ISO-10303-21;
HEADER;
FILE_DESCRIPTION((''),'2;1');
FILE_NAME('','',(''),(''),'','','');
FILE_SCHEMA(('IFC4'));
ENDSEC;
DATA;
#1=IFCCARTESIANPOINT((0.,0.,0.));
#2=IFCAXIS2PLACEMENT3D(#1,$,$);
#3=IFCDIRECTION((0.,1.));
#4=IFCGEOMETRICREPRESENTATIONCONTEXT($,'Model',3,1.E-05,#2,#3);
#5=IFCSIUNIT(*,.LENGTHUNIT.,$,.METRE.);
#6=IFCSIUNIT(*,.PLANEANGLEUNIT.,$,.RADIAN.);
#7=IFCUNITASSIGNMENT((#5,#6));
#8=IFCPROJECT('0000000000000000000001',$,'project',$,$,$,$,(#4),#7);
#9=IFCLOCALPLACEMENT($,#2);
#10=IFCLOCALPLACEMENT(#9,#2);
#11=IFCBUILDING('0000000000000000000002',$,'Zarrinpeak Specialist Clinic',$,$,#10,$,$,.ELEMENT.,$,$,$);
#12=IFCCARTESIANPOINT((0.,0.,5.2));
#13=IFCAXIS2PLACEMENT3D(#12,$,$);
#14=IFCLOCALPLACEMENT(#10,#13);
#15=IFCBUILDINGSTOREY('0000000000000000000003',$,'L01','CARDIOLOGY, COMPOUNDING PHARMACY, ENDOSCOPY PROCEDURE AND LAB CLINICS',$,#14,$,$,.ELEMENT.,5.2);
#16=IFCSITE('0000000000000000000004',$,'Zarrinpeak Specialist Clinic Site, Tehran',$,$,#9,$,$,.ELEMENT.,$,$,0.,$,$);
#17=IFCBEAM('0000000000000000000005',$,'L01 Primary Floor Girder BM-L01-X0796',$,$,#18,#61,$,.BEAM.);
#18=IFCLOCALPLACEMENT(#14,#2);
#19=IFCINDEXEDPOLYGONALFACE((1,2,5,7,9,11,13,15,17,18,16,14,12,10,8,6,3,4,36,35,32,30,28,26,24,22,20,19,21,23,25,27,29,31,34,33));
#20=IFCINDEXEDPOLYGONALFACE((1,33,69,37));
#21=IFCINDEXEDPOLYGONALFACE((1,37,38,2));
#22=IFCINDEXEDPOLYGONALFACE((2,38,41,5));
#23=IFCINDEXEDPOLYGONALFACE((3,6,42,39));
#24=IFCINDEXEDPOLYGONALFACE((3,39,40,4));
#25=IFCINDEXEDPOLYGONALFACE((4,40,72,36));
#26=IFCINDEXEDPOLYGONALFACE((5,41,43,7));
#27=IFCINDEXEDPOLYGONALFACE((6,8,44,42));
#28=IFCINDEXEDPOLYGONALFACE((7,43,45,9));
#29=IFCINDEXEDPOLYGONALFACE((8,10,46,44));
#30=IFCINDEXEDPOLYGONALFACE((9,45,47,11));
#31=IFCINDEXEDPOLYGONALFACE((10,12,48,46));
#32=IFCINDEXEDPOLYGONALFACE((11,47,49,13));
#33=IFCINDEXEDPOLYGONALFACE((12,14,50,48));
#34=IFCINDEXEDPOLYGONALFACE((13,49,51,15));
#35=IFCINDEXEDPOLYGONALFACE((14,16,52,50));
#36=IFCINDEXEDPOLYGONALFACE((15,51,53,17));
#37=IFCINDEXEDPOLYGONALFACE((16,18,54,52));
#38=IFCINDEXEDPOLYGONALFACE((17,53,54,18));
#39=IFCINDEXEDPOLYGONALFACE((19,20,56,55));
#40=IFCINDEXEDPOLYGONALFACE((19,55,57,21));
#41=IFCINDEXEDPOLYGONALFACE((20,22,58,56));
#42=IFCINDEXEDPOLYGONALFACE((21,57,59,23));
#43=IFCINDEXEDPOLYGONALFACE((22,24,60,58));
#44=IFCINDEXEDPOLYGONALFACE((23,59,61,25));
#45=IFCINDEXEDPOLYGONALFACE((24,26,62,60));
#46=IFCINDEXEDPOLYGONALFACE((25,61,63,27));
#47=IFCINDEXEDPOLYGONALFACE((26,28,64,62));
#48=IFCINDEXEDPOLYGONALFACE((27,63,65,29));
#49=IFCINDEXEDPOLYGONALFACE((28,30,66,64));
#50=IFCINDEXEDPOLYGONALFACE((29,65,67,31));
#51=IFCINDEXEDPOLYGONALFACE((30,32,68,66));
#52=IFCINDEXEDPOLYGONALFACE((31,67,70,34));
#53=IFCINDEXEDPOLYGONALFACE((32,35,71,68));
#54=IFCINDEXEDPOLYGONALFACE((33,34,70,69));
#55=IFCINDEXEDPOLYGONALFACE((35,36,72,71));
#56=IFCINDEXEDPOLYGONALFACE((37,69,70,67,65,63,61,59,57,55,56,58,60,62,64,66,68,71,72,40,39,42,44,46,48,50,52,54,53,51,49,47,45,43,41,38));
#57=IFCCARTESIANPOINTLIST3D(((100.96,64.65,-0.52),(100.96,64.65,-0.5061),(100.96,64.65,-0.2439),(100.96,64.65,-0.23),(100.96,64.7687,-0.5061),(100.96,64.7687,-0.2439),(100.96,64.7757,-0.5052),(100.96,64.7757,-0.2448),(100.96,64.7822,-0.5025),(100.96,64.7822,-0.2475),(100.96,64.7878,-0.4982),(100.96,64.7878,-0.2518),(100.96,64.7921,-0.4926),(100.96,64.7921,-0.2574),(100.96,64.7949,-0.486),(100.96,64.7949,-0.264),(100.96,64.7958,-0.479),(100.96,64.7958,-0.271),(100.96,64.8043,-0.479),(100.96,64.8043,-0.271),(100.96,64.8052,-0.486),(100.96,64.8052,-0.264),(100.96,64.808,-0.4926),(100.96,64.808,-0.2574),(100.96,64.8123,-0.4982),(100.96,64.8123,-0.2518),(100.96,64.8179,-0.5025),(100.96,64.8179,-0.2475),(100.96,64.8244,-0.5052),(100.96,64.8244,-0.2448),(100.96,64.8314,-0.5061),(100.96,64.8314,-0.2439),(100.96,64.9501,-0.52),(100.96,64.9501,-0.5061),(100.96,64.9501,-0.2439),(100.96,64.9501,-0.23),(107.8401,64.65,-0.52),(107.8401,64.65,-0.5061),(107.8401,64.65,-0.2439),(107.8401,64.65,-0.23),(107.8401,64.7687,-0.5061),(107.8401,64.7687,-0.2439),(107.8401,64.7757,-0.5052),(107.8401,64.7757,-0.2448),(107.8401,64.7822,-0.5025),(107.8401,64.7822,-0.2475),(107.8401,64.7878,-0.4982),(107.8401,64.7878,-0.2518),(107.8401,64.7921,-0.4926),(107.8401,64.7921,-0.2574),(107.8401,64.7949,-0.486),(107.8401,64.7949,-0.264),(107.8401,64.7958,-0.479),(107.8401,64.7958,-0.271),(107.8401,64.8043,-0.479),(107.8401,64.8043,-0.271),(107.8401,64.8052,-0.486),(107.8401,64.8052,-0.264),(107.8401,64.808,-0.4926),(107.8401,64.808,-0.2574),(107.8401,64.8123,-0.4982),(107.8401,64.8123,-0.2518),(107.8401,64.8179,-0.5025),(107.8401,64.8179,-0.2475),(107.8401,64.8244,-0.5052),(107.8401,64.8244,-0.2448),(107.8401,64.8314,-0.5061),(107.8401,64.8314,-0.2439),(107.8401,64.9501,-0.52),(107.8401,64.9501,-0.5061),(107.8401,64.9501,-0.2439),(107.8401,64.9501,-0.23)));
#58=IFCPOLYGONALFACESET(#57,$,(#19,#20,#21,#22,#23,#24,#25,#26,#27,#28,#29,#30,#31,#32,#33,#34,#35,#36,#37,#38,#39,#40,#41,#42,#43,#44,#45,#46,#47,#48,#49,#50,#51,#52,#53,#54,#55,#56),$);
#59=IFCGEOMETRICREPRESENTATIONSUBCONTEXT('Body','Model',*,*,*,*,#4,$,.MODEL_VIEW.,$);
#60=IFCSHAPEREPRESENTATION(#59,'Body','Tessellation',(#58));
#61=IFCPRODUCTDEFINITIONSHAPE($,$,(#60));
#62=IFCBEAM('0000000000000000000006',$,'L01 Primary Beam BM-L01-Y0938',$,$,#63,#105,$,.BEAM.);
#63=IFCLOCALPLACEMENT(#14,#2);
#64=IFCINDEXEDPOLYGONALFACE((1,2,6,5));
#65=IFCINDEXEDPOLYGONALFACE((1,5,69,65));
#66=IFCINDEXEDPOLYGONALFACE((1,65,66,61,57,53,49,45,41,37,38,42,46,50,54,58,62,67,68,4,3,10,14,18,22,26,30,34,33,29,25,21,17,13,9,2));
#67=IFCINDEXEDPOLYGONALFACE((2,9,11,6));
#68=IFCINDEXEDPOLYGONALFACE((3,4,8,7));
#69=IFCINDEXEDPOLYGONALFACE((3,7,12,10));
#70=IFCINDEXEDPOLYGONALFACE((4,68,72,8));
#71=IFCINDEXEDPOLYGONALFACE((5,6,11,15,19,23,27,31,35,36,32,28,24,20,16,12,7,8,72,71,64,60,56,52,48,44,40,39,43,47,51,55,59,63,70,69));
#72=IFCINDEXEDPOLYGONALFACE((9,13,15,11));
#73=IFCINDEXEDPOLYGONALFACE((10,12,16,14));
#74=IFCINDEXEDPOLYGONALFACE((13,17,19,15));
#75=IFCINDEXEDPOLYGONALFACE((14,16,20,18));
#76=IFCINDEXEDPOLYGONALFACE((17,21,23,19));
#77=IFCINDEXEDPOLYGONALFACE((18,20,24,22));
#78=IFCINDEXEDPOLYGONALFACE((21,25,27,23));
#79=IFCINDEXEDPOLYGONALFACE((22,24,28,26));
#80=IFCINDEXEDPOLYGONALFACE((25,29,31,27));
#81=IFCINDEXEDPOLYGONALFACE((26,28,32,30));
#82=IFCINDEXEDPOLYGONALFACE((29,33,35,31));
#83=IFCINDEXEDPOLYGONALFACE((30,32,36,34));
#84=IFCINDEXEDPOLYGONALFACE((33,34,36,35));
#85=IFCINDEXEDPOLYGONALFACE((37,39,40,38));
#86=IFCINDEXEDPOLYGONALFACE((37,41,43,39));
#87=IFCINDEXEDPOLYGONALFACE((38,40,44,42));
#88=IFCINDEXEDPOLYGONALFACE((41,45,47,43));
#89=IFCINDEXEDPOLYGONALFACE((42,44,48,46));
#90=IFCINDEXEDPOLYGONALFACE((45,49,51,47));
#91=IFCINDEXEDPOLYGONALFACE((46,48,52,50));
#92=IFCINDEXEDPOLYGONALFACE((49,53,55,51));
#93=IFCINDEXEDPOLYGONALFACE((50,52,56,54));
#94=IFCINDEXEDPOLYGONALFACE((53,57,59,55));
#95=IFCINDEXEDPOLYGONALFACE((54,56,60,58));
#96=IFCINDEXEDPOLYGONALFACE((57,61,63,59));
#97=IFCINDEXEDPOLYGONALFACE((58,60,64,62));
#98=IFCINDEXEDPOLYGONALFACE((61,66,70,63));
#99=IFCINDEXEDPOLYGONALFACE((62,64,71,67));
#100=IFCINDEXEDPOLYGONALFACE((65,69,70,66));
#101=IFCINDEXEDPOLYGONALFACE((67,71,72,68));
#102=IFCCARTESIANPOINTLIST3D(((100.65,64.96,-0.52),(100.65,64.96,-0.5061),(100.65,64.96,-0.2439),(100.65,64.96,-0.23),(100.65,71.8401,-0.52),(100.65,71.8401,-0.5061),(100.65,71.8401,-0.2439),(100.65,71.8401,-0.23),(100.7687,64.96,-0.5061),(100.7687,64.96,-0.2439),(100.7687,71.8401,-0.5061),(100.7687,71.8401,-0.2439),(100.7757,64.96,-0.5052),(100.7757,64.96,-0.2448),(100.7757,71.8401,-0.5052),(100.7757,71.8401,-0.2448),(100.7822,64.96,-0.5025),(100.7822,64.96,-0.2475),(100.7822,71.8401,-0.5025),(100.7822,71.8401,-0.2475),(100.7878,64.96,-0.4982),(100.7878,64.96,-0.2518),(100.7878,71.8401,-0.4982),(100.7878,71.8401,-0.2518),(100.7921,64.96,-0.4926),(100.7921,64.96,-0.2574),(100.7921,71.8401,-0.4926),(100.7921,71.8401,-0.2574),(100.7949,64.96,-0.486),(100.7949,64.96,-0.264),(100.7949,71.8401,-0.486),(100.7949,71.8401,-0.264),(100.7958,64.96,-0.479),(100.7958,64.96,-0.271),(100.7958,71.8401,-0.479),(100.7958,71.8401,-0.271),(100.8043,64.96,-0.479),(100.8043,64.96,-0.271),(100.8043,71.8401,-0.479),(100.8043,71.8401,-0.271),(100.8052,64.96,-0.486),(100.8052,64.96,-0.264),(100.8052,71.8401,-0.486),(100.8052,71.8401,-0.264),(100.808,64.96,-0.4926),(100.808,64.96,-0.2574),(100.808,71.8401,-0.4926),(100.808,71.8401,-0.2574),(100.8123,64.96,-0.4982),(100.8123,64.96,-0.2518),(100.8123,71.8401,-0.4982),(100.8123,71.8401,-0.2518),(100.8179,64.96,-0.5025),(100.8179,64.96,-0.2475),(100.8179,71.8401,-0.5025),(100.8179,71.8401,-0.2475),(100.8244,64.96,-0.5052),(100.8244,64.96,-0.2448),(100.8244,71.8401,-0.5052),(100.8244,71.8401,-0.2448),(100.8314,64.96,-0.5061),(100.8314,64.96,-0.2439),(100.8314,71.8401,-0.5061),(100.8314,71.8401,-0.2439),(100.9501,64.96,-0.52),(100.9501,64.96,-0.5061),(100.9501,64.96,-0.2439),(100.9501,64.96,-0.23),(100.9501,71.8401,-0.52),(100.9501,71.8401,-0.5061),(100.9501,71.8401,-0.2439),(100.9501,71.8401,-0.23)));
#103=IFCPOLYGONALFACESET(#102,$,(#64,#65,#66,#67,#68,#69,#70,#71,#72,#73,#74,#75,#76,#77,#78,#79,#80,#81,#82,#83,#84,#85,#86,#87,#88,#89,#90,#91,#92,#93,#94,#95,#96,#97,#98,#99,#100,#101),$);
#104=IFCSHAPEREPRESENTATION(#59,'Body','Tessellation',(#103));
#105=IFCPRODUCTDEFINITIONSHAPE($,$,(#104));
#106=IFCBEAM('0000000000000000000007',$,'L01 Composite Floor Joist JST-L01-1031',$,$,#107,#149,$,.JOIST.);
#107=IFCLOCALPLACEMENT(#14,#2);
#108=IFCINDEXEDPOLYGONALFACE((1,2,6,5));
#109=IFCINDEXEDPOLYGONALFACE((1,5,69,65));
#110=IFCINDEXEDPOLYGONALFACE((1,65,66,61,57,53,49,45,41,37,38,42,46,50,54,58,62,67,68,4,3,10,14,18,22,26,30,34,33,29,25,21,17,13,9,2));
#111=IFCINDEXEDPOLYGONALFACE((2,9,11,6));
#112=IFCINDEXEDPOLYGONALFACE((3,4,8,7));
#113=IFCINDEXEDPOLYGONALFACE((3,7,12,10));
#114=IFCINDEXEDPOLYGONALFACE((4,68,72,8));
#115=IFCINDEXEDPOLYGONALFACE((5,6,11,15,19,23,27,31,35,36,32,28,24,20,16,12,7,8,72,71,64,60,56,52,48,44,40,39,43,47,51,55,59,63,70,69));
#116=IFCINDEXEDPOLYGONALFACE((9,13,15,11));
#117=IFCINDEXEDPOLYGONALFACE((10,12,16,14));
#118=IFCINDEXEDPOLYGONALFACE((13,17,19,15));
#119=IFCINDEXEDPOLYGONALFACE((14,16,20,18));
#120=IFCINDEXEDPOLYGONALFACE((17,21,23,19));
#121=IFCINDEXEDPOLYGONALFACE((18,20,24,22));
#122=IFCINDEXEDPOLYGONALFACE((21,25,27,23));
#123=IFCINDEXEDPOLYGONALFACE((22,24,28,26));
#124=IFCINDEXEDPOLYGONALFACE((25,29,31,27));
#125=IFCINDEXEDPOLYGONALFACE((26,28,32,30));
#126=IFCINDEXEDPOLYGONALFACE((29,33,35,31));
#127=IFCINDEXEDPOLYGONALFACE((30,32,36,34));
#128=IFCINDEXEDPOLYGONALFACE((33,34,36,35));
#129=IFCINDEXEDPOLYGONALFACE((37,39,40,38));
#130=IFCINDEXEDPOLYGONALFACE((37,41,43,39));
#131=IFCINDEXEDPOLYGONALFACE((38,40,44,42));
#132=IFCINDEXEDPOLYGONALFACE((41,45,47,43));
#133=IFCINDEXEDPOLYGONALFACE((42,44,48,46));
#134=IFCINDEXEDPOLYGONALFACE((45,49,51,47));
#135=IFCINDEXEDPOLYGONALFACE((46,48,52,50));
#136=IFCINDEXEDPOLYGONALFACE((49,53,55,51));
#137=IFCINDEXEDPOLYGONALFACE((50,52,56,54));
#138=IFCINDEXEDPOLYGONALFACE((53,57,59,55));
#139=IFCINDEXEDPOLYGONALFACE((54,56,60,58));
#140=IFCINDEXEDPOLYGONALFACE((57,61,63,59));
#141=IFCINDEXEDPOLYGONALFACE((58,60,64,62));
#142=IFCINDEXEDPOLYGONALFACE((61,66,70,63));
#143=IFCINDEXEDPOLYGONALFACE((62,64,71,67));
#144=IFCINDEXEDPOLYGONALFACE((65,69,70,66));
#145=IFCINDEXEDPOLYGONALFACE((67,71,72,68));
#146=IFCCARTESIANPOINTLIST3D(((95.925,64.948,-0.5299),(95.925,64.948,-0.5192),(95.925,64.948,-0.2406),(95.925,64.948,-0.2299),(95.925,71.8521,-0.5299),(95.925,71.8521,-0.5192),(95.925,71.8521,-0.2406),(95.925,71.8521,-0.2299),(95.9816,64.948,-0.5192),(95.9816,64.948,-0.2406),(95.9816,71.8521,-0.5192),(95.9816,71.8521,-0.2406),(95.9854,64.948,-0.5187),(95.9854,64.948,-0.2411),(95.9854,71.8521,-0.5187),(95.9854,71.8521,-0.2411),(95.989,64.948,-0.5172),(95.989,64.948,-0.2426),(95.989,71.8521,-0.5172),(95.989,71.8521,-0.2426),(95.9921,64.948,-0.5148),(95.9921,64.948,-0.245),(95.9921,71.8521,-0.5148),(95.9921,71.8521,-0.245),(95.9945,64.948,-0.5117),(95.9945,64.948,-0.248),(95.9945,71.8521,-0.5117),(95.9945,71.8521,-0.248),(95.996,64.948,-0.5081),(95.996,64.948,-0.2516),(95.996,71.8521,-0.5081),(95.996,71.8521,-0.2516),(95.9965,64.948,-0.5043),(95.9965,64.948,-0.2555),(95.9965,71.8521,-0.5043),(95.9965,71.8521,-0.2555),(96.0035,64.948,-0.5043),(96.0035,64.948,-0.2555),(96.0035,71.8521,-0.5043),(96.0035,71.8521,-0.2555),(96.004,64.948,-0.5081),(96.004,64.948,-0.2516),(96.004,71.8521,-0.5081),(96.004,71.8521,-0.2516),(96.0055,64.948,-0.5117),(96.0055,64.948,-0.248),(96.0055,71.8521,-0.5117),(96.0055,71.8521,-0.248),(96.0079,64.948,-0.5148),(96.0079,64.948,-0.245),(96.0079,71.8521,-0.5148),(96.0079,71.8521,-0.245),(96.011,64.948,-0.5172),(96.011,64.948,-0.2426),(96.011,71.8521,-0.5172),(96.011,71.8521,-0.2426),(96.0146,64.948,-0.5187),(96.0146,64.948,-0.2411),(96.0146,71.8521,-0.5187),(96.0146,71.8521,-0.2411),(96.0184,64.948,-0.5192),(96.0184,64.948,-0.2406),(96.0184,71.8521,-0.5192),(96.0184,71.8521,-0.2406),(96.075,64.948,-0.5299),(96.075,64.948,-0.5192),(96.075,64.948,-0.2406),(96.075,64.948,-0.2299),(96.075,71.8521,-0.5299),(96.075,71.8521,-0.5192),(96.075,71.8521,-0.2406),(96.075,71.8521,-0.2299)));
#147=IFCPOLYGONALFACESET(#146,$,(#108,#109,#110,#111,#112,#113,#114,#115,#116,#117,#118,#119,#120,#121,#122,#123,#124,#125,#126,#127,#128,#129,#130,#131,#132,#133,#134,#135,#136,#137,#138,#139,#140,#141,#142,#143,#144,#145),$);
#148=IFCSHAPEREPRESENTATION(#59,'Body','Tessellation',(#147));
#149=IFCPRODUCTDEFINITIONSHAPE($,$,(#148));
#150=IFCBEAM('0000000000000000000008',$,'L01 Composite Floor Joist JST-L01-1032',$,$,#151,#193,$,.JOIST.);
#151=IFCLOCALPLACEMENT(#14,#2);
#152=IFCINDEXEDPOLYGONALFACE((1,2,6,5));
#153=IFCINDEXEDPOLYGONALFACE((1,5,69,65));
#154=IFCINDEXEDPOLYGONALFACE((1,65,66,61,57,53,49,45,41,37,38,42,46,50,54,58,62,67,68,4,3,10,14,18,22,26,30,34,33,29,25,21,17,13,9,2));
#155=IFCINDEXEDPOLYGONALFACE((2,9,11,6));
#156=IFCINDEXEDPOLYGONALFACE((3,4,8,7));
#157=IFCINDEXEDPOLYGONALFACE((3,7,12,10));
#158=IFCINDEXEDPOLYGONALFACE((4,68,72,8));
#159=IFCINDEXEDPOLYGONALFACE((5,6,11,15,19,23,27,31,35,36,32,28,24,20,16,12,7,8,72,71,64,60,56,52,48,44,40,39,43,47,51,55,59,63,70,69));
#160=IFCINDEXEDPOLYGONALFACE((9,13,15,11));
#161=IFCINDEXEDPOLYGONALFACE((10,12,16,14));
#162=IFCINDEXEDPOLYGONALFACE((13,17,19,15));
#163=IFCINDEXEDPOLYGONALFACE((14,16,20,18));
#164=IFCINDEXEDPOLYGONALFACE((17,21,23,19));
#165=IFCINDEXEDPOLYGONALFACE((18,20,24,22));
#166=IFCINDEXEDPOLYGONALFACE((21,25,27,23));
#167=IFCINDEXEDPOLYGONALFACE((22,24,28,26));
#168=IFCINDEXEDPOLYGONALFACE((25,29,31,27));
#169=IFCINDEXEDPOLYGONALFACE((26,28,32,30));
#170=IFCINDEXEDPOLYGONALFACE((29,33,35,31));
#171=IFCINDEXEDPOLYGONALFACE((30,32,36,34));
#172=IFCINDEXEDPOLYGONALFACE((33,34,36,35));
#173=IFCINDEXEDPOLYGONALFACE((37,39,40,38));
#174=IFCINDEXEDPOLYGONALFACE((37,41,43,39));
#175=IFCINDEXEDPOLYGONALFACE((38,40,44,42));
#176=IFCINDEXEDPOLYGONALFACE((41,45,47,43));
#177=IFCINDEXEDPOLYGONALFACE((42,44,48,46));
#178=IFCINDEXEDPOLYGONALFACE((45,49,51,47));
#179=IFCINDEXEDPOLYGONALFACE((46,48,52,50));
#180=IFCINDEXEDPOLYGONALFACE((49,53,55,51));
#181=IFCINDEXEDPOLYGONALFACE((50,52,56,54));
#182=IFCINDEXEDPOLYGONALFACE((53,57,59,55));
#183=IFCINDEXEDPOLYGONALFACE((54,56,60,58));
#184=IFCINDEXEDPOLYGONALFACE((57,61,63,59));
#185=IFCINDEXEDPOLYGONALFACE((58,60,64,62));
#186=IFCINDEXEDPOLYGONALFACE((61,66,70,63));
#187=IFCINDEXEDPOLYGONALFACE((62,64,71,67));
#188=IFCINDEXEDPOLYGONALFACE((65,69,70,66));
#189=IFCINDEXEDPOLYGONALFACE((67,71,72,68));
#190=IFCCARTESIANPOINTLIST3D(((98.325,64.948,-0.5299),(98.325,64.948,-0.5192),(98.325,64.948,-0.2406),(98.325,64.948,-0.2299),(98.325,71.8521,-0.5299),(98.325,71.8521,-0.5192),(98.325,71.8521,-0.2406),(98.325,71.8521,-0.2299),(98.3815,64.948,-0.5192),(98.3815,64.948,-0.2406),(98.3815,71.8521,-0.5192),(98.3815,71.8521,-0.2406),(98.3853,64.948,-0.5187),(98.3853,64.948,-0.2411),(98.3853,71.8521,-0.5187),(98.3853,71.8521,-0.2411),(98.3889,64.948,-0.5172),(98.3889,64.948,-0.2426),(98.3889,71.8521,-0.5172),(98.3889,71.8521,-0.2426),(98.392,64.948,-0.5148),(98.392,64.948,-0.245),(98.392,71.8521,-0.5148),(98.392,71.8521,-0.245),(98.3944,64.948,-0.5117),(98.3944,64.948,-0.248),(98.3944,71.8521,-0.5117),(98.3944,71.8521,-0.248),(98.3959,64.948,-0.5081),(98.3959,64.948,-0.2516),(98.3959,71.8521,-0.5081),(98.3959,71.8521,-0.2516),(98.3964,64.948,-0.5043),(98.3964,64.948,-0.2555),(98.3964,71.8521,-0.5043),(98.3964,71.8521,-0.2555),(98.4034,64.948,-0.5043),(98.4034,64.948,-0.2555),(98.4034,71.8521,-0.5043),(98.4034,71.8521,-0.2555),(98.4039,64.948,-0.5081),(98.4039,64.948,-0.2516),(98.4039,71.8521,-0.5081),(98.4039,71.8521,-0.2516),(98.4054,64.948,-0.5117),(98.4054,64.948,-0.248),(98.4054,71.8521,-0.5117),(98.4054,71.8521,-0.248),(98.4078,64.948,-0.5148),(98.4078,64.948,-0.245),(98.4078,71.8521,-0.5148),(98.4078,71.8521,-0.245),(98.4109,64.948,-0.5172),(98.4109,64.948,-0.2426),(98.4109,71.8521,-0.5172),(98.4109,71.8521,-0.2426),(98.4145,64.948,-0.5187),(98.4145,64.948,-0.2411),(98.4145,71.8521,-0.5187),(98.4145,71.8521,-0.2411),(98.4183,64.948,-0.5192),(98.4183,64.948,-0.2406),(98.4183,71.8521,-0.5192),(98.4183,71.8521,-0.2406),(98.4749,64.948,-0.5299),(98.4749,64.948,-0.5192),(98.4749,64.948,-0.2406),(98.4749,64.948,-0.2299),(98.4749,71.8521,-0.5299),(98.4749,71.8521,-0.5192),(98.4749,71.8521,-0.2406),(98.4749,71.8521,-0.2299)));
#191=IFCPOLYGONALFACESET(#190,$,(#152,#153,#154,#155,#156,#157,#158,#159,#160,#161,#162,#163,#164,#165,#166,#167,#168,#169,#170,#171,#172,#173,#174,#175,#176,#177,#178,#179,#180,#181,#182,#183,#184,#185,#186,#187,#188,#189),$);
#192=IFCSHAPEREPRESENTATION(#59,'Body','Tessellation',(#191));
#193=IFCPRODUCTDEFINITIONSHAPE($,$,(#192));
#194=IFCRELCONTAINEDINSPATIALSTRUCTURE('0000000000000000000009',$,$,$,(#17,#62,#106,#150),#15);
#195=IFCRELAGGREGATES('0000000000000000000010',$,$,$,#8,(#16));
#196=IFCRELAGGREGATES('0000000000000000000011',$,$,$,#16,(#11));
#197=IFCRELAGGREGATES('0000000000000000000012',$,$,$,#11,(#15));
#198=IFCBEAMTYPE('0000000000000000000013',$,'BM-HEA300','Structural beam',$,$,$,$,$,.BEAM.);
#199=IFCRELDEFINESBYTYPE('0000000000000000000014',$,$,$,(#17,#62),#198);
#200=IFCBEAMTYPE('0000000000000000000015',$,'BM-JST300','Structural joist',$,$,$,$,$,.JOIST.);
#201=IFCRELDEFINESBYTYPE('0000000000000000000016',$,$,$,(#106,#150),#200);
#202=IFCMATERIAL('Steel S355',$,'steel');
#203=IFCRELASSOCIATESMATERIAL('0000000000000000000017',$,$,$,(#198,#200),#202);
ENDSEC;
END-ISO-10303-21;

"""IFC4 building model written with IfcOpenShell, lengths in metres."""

from ifc_helpers import new_model, si_unit, direction, frame, origin, origin_2d, place, context, subcontext, project, spatial, i_section, extrude, material, material_profile, profile_set, type_object, element, save


model = new_model("IFC4")

# Units and contexts
model_context = context("Model", 3, precision=1e-05, world=origin(), true_north=direction((0.0, 1.0)))
body_context = subcontext(model_context, "Body", "Model", "MODEL_VIEW")
ifc_project = project(units=[si_unit("LENGTHUNIT", "METRE"), si_unit("PLANEANGLEUNIT", "RADIAN")], contexts=[model_context])

# Site, building, storey
site_placement = place(None, origin())
site = spatial("IfcSite", under=ifc_project, at=site_placement, Name="Zarrinpeak Specialist Clinic Site, Tehran", CompositionType="ELEMENT", RefElevation=0.0)
building_placement = place(site_placement, origin())
building = spatial("IfcBuilding", under=site, at=building_placement, Name="Zarrinpeak Specialist Clinic", CompositionType="ELEMENT")
storey_placement = place(building_placement, frame((0.0, 0.0, 5.2)))
storey = spatial("IfcBuildingStorey", under=building, at=storey_placement, Name="L01", Description="CARDIOLOGY, COMPOUNDING PHARMACY, ENDOSCOPY PROCEDURE AND LAB CLINICS", CompositionType="ELEMENT", Elevation=5.2)

# Beams
ifc_material_1 = material(Name="Steel S355", Category="steel")
ifc_material_profile_1 = material_profile(ifc_material_1, i_section(OverallWidth=0.3, OverallDepth=0.29, WebThickness=0.0085, FlangeThickness=0.0139, FilletRadius=0.0271, at=origin_2d()), Name="HEA 300")
ifc_profile_set_1 = profile_set([ifc_material_profile_1], Name="Steel S355")
beam_type_1 = type_object("IfcBeamType", Name="BM-HEA300", Description="Structural beam", PredefinedType="BEAM", material=ifc_profile_set_1)
for number, where, z_axis, x_axis, name in (
    (1, (100.96, 64.8, -0.375), (1.0, 0.0, 0.0), (0.0, 1.0, 0.0), "L01 Primary Floor Girder BM-L01-X0796"),
    (2, (100.8, 64.96, -0.375), (0.0, 1.0, 0.0), (-1.0, 0.0, 0.0), "L01 Primary Beam BM-L01-Y0938"),
):
    element("IfcBeam", number, at=place(storey_placement, frame(where, z_axis=z_axis, x_axis=x_axis)), inside=storey, type_object=beam_type_1, Name=name, PredefinedType="BEAM", context=body_context, shape_type="SweptSolid", body=[
        extrude(i_section(OverallWidth=0.3, OverallDepth=0.29, WebThickness=0.0085, FlangeThickness=0.0139, FilletRadius=0.0271, at=origin_2d()), origin(), (0.0, 0.0, 1.0), 6.8801),
    ])
ifc_material_profile_2 = material_profile(ifc_material_1, i_section(OverallWidth=0.1499, OverallDepth=0.3, WebThickness=0.0071, FlangeThickness=0.0107, FilletRadius=0.0149, at=origin_2d()), Name="IPE 300")
ifc_profile_set_2 = profile_set([ifc_material_profile_2], Name="Steel S355")
beam_type_2 = type_object("IfcBeamType", Name="BM-JST300", Description="Structural joist", PredefinedType="JOIST", material=ifc_profile_set_2)
for number, where, z_axis, x_axis, name in (
    (3, (96.0, 64.948, -0.3799), (0.0, 1.0, 0.0), (-1.0, 0.0, 0.0), "L01 Composite Floor Joist JST-L01-1031"),
    (4, (98.3999, 64.948, -0.3799), (0.0, 1.0, 0.0), (-1.0, 0.0, 0.0), "L01 Composite Floor Joist JST-L01-1032"),
):
    element("IfcBeam", number, at=place(storey_placement, frame(where, z_axis=z_axis, x_axis=x_axis)), inside=storey, type_object=beam_type_2, Name=name, PredefinedType="JOIST", context=body_context, shape_type="SweptSolid", body=[
        extrude(i_section(OverallWidth=0.1499, OverallDepth=0.3, WebThickness=0.0071, FlangeThickness=0.0107, FilletRadius=0.0149, at=origin_2d()), origin(), (0.0, 0.0, 1.0), 6.9041),
    ])

save(model, "model.ifc")
